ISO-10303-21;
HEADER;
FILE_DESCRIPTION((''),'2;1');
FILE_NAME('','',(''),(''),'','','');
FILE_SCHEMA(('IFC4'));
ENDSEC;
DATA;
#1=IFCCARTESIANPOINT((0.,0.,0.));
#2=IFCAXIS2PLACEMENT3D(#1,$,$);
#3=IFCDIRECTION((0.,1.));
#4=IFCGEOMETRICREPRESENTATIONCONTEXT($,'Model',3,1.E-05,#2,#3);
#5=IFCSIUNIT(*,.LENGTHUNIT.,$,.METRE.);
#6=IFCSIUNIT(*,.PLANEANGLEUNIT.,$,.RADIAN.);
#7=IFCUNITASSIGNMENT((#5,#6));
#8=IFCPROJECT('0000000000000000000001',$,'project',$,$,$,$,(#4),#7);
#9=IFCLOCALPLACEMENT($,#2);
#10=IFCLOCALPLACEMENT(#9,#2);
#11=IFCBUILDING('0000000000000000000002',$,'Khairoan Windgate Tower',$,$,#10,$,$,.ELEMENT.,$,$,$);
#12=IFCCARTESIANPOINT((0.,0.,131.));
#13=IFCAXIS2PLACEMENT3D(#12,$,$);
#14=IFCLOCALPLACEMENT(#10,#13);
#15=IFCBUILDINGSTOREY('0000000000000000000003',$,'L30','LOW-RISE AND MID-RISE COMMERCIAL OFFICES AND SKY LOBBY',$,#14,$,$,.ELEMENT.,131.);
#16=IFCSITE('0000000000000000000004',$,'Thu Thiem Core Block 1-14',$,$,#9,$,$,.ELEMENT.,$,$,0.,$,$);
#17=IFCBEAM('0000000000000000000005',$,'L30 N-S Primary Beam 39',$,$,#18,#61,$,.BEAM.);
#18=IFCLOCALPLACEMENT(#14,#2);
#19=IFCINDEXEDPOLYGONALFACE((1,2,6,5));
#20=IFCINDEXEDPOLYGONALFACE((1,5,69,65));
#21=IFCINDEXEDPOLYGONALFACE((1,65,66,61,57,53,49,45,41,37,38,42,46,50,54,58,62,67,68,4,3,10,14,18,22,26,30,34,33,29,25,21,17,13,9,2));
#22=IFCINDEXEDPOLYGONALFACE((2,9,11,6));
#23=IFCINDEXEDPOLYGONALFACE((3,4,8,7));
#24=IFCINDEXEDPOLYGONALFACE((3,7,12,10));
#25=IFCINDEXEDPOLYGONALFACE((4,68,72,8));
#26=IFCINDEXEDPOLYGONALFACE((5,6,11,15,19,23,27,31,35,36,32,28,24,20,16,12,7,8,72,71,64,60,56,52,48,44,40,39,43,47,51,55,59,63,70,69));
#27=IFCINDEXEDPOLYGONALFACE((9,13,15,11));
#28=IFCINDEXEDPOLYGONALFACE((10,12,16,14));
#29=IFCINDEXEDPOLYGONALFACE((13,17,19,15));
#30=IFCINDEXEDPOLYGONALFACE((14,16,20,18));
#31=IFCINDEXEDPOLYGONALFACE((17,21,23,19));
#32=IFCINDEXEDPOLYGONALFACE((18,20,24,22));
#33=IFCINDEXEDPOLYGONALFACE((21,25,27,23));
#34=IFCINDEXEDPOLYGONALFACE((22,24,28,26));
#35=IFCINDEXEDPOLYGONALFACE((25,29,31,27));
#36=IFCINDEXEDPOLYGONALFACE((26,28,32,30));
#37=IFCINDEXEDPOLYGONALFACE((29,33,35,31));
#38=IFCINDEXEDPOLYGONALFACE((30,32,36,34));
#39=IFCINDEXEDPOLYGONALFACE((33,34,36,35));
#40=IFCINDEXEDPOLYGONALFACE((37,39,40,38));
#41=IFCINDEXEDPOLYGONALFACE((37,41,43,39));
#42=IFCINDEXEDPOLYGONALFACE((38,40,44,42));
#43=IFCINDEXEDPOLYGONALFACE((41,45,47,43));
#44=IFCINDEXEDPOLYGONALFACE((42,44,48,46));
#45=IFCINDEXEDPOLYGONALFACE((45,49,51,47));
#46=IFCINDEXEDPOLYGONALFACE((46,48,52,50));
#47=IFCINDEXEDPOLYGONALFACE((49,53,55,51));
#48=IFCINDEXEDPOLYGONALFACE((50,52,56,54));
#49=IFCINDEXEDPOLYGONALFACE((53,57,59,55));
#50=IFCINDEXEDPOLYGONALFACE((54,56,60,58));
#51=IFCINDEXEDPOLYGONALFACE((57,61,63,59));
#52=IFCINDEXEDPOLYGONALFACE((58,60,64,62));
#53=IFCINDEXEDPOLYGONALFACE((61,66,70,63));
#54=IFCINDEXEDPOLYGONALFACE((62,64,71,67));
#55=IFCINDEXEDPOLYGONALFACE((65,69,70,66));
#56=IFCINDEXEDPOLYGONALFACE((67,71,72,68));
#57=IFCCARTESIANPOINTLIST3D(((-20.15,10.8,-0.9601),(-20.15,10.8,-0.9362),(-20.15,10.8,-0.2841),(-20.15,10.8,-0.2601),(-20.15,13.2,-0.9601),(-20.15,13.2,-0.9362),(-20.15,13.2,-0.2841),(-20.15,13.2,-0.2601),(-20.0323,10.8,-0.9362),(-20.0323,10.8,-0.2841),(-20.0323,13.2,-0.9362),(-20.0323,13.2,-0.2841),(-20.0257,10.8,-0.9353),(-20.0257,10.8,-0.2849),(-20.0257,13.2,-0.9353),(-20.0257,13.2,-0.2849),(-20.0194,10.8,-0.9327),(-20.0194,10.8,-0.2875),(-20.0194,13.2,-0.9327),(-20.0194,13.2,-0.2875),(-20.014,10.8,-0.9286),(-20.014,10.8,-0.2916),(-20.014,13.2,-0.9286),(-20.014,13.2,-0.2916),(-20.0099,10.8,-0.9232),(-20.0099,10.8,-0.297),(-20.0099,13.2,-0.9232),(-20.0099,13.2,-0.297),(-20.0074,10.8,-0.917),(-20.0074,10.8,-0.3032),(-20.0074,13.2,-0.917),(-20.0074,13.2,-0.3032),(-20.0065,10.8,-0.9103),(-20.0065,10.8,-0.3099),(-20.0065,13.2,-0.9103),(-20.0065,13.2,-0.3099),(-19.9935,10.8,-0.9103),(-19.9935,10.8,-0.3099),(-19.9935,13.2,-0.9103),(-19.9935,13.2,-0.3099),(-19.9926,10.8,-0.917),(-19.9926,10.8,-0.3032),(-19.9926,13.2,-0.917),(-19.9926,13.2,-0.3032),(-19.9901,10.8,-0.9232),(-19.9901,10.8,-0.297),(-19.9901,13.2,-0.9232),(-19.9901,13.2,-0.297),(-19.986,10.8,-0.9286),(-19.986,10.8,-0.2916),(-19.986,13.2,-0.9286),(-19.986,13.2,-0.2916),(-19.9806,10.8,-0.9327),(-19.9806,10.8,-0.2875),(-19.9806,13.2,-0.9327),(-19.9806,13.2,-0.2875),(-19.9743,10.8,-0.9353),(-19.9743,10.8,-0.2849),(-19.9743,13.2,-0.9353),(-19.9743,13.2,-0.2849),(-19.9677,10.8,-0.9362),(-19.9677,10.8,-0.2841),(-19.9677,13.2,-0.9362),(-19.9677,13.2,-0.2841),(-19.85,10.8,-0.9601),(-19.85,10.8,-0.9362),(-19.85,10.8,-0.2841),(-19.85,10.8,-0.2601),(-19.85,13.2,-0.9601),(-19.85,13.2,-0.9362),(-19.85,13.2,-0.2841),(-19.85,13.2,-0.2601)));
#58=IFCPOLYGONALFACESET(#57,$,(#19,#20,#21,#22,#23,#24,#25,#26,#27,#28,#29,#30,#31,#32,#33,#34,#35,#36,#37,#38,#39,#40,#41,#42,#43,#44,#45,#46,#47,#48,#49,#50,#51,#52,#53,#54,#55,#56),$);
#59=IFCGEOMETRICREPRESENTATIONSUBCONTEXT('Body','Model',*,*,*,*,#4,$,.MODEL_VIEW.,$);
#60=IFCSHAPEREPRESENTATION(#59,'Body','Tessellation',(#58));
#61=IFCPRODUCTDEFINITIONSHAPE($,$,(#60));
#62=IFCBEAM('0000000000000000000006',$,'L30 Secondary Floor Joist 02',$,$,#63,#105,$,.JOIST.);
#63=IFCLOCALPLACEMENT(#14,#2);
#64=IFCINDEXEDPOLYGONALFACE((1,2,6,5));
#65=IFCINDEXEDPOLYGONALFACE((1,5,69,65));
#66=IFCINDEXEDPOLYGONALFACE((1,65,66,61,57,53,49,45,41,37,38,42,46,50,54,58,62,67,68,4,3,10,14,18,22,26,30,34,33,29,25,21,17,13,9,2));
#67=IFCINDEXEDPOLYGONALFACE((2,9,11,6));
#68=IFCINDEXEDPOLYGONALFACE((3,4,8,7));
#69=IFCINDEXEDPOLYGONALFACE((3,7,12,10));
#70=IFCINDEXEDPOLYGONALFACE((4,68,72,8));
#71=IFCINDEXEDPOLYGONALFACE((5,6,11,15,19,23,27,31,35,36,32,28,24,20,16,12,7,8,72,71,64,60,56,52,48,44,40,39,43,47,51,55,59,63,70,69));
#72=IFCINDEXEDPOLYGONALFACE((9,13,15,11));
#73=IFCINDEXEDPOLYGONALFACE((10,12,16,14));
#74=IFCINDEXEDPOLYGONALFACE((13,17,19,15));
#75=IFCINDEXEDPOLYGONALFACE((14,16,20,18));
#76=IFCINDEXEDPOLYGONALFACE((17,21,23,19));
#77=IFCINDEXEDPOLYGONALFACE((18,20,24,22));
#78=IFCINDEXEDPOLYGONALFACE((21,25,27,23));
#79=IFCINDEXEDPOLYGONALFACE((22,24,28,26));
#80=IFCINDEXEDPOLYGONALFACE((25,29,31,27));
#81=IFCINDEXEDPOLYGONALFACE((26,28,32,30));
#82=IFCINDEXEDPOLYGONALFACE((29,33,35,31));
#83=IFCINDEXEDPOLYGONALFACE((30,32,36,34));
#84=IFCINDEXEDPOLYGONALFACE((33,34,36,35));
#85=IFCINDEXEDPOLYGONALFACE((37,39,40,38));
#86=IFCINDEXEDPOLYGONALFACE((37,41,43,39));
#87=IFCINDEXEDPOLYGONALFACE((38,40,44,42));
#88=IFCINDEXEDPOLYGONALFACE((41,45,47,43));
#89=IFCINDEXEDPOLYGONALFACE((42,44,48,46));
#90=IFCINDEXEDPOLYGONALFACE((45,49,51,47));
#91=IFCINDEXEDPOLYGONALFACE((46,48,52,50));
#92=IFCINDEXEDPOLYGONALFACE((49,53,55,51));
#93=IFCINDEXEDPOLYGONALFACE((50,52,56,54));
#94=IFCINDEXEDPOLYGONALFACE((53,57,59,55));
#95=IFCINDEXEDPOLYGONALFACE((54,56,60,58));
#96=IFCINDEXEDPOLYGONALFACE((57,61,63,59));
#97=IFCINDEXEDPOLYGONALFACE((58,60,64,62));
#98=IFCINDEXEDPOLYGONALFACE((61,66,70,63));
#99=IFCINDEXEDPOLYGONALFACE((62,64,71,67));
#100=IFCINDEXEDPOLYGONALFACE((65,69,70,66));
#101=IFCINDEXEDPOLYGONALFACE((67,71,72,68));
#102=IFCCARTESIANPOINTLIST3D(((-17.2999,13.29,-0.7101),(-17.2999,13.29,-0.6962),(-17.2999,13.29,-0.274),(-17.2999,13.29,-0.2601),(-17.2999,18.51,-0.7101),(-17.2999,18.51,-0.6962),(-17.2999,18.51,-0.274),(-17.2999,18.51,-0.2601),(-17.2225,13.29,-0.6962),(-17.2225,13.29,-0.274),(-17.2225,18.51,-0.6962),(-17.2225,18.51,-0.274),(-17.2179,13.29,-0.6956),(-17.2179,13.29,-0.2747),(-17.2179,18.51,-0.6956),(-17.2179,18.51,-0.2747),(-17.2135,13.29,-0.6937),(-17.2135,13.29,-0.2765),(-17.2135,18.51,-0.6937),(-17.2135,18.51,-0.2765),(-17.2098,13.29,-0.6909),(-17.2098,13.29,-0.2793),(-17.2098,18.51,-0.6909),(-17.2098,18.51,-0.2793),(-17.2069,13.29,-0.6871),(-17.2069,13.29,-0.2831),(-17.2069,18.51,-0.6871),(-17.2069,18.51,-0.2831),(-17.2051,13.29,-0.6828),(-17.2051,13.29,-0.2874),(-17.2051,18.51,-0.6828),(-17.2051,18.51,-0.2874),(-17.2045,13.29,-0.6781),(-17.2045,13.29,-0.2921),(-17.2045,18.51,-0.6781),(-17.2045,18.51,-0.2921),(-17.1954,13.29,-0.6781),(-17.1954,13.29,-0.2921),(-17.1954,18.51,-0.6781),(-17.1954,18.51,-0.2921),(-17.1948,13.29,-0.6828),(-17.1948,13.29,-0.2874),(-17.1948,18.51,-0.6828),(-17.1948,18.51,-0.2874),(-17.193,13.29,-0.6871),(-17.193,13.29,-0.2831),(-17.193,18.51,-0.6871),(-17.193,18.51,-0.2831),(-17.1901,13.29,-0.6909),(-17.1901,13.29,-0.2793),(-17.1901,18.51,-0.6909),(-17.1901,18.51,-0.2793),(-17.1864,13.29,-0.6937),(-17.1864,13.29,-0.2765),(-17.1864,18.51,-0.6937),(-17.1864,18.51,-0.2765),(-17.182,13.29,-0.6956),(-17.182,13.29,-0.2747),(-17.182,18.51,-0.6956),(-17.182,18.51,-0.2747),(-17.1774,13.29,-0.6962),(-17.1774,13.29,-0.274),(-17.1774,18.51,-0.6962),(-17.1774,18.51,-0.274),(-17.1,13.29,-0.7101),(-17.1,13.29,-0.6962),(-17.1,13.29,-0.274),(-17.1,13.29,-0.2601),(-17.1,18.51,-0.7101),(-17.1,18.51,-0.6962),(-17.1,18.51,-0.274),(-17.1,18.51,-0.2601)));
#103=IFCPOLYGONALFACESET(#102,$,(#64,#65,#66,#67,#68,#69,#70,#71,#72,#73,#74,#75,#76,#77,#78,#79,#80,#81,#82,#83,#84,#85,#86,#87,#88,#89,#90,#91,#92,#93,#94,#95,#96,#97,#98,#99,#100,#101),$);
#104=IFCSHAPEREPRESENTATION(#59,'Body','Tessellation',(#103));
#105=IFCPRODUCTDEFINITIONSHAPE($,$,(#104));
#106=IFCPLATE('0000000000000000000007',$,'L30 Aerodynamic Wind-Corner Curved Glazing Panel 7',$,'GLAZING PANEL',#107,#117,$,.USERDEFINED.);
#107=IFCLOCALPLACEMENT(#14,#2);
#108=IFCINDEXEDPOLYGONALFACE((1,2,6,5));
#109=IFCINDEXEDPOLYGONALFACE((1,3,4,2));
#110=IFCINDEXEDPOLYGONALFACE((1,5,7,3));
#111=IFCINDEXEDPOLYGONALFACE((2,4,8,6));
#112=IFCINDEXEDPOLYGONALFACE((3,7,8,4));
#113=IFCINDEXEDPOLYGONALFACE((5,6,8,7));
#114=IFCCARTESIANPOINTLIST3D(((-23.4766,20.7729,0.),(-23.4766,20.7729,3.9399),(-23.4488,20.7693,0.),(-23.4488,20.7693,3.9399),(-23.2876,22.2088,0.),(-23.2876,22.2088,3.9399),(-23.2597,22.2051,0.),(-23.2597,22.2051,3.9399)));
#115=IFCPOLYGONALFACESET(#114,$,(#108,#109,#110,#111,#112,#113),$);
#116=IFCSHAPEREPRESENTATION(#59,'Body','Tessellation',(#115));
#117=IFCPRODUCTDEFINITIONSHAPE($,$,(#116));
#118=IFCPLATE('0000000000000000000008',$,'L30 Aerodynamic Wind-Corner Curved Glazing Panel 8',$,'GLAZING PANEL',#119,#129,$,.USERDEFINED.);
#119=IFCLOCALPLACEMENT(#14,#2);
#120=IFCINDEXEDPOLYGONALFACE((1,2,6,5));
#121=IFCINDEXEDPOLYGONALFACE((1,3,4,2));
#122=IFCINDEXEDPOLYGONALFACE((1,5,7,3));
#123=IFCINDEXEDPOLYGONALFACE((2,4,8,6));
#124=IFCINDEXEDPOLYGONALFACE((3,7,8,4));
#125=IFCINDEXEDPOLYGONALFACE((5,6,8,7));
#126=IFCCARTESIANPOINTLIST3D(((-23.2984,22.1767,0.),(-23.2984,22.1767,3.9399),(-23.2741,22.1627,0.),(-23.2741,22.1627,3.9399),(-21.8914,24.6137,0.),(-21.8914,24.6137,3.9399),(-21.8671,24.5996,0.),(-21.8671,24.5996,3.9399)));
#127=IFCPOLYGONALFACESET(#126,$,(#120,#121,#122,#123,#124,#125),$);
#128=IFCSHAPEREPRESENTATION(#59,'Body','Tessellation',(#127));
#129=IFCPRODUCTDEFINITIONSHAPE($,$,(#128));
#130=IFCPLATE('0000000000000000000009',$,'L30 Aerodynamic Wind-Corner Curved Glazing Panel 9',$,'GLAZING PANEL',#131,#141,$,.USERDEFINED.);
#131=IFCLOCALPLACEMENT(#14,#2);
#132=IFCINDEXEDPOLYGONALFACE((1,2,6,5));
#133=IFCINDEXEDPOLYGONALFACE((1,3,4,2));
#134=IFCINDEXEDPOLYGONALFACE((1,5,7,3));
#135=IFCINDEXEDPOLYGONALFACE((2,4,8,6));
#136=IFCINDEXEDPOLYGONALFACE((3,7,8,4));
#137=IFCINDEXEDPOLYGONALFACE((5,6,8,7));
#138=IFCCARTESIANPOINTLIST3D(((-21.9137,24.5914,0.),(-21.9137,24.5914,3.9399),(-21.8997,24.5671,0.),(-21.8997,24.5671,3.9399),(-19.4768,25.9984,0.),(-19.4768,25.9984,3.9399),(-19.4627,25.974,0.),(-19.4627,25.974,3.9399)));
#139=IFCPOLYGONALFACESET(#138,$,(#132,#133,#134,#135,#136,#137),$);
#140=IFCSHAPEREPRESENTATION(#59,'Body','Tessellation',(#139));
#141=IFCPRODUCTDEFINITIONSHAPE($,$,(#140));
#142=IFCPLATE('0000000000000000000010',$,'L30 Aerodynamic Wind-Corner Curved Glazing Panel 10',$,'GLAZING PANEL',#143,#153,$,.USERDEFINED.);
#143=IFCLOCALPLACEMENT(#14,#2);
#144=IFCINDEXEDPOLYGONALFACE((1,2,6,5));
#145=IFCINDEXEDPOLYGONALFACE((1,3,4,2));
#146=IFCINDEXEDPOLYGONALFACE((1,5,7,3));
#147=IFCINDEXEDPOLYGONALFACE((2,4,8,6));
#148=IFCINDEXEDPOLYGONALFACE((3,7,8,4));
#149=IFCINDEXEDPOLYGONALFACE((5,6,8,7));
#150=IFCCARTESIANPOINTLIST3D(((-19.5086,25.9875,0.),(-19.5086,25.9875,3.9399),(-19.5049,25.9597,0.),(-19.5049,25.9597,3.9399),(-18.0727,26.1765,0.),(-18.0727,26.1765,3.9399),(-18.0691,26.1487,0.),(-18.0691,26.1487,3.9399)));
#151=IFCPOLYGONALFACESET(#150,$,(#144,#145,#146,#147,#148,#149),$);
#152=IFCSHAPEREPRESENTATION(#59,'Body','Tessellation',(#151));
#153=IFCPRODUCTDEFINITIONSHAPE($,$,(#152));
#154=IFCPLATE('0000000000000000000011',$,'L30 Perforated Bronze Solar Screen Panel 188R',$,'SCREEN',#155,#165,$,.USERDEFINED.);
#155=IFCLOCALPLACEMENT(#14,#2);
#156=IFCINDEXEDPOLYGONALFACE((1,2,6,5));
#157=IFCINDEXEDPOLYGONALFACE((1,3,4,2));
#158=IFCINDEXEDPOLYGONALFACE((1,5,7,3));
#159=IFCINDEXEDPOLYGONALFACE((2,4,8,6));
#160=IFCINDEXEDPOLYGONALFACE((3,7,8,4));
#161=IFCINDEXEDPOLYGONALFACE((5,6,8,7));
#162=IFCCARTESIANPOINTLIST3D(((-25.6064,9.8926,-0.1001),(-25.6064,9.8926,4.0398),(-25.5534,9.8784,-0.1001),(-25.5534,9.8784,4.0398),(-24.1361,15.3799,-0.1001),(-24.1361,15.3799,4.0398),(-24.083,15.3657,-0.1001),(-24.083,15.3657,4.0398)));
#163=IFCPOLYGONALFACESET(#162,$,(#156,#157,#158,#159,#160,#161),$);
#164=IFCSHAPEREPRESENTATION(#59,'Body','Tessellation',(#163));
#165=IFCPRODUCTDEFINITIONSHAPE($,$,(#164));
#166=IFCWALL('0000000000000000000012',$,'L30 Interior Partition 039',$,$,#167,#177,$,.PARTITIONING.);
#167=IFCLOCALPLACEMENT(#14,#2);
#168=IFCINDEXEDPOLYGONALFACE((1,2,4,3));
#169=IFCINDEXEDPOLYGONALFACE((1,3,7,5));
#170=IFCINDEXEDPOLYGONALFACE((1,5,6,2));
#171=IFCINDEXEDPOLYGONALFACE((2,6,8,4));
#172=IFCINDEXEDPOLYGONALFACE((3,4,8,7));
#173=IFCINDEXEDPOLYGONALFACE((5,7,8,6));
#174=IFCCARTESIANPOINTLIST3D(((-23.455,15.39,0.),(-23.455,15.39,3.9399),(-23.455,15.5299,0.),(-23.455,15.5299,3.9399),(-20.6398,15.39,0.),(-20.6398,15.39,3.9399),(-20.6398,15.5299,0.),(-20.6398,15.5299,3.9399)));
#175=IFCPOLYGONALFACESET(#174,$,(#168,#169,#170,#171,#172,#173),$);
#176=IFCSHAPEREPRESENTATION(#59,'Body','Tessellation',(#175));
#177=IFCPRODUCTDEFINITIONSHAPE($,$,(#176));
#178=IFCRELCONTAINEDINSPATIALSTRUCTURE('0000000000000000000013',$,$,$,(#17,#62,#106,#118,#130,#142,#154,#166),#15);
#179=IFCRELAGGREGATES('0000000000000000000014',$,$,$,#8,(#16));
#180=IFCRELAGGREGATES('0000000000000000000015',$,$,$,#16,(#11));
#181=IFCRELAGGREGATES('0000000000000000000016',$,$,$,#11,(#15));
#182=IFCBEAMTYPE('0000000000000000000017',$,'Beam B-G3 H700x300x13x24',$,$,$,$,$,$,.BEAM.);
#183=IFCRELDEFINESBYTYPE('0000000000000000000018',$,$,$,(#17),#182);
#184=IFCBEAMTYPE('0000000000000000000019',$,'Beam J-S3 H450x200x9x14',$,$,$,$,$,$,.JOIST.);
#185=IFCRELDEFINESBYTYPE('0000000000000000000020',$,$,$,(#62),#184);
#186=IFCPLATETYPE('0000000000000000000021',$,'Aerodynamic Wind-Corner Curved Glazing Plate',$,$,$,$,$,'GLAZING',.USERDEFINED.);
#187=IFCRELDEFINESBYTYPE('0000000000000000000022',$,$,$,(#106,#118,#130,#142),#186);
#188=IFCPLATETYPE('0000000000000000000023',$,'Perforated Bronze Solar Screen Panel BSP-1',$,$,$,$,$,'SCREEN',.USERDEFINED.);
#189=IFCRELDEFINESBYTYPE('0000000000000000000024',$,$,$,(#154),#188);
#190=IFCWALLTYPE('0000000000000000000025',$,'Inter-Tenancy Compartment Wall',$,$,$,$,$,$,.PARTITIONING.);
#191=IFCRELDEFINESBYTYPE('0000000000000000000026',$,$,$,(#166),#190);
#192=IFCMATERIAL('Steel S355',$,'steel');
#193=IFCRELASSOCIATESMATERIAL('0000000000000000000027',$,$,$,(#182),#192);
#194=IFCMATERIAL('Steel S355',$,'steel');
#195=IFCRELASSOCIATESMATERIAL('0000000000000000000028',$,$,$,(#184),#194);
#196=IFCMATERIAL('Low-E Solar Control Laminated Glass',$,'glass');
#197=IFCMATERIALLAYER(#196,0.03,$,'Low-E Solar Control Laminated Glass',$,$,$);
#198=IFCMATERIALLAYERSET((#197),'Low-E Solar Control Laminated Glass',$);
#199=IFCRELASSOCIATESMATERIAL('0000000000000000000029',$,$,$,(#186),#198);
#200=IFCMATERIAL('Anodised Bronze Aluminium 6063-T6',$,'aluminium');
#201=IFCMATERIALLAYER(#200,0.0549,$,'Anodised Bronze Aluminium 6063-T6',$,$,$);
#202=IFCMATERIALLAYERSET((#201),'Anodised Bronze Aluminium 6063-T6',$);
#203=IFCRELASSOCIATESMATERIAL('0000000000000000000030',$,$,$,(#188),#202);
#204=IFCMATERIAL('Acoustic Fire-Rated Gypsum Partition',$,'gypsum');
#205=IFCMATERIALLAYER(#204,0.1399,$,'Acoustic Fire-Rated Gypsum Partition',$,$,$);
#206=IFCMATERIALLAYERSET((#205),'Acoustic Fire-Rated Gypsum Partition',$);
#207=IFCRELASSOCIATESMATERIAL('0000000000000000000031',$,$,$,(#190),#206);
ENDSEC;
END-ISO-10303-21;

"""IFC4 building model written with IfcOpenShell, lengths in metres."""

from ifc_helpers import new_model, si_unit, direction, frame, frame_2d, origin, origin_2d, place, context, subcontext, project, spatial, rectangle, i_section, extrude, material, layer, layer_set, material_profile, profile_set, type_object, element, save


model = new_model("IFC4")

# Units and contexts
model_context = context("Model", 3, precision=1e-05, world=origin(), true_north=direction((0.0, 1.0)))
body_context = subcontext(model_context, "Body", "Model", "MODEL_VIEW")
ifc_project = project(units=[si_unit("LENGTHUNIT", "METRE"), si_unit("PLANEANGLEUNIT", "RADIAN")], contexts=[model_context])

# Site, building, storey
site_placement = place(None, origin())
site = spatial("IfcSite", under=ifc_project, at=site_placement, Name="Thu Thiem Core Block 1-14", CompositionType="ELEMENT", RefElevation=0.0)
building_placement = place(site_placement, origin())
building = spatial("IfcBuilding", under=site, at=building_placement, Name="Khairoan Windgate Tower", CompositionType="ELEMENT")
storey_placement = place(building_placement, frame((0.0, 0.0, 131.0)))
storey = spatial("IfcBuildingStorey", under=building, at=storey_placement, Name="L30", Description="LOW-RISE AND MID-RISE COMMERCIAL OFFICES AND SKY LOBBY", CompositionType="ELEMENT", Elevation=131.0)

# Beams
ifc_material_1 = material(Name="Steel S355", Category="steel")
ifc_material_profile_1 = material_profile(ifc_material_1, i_section(OverallWidth=0.3, OverallDepth=0.7, WebThickness=0.0129, FlangeThickness=0.0239, FilletRadius=0.0259, at=origin_2d()))
ifc_profile_set_1 = profile_set([ifc_material_profile_1], Name="Steel S355")
beam_type_1 = type_object("IfcBeamType", Name="Beam B-G3 H700x300x13x24", PredefinedType="BEAM", material=ifc_profile_set_1)
beam_1_placement = place(storey_placement, frame((-20.0, 10.8, -0.6101), z_axis=(0.0, 1.0, 0.0), x_axis=(-1.0, 0.0, 0.0)))
element("IfcBeam", 1, at=beam_1_placement, inside=storey, type_object=beam_type_1, Name="L30 N-S Primary Beam 39", PredefinedType="BEAM", context=body_context, shape_type="SweptSolid", body=[
    extrude(i_section(OverallWidth=0.3, OverallDepth=0.7, WebThickness=0.0129, FlangeThickness=0.0239, FilletRadius=0.0259, at=origin_2d()), origin(), (0.0, 0.0, 1.0), 2.3999),
])
ifc_material_2 = material(Name="Steel S355", Category="steel")
ifc_material_profile_2 = material_profile(ifc_material_2, i_section(OverallWidth=0.2, OverallDepth=0.45, WebThickness=0.009, FlangeThickness=0.0139, FilletRadius=0.0181, at=origin_2d()))
ifc_profile_set_2 = profile_set([ifc_material_profile_2], Name="Steel S355")
beam_type_2 = type_object("IfcBeamType", Name="Beam J-S3 H450x200x9x14", PredefinedType="JOIST", material=ifc_profile_set_2)
beam_2_placement = place(storey_placement, frame((-17.2, 13.29, -0.4851), z_axis=(0.0, 1.0, 0.0), x_axis=(-1.0, 0.0, 0.0)))
element("IfcBeam", 2, at=beam_2_placement, inside=storey, type_object=beam_type_2, Name="L30 Secondary Floor Joist 02", PredefinedType="JOIST", context=body_context, shape_type="SweptSolid", body=[
    extrude(i_section(OverallWidth=0.2, OverallDepth=0.45, WebThickness=0.009, FlangeThickness=0.0139, FilletRadius=0.0181, at=origin_2d()), origin(), (0.0, 0.0, 1.0), 5.22),
])

# Plates
ifc_material_3 = material(Name="Low-E Solar Control Laminated Glass", Category="glass")
ifc_layer_1 = layer(ifc_material_3, 0.03, Name="Low-E Solar Control Laminated Glass")
ifc_layer_set_1 = layer_set([ifc_layer_1], Name="Low-E Solar Control Laminated Glass")
plate_type_1 = type_object("IfcPlateType", Name="Aerodynamic Wind-Corner Curved Glazing Plate", ElementType="GLAZING", PredefinedType="USERDEFINED", material=ifc_layer_set_1)
plate_1_placement = place(storey_placement, frame((-23.3682, 21.489, 0.0), z_axis=(0.0, 0.0, 1.0), x_axis=(0.130526, 0.991445, 0.0)))
element("IfcPlate", 3, at=plate_1_placement, inside=storey, type_object=plate_type_1, Name="L30 Aerodynamic Wind-Corner Curved Glazing Panel 7", ObjectType="GLAZING PANEL", PredefinedType="USERDEFINED", context=body_context, shape_type="SweptSolid", body=[
    extrude(rectangle(XDim=1.4482, YDim=0.0281, at=origin_2d()), origin(), (0.0, 0.0, 1.0), 3.9399),
])
for number, where, z_axis, x_axis, name in (
    (4, (-22.5828, 23.3882, 0.0), (0.0, 0.0, 1.0), (0.5, 0.866025, 0.0), "L30 Aerodynamic Wind-Corner Curved Glazing Panel 8"),
    (5, (-20.6882, 25.2827, 0.0), (0.0, 0.0, 1.0), (0.866025, 0.5, 0.0), "L30 Aerodynamic Wind-Corner Curved Glazing Panel 9"),
):
    element("IfcPlate", number, at=place(storey_placement, frame(where, z_axis=z_axis, x_axis=x_axis)), inside=storey, type_object=plate_type_1, Name=name, ObjectType="GLAZING PANEL", PredefinedType="USERDEFINED", context=body_context, shape_type="SweptSolid", body=[
        extrude(rectangle(XDim=2.814, YDim=0.0281, at=origin_2d()), origin(), (0.0, 0.0, 1.0), 3.9399),
    ])
plate_2_placement = place(storey_placement, frame((-18.7888, 26.0681, 0.0), z_axis=(0.0, 0.0, 1.0), x_axis=(0.991445, 0.130526, 0.0)))
element("IfcPlate", 6, at=plate_2_placement, inside=storey, type_object=plate_type_1, Name="L30 Aerodynamic Wind-Corner Curved Glazing Panel 10", ObjectType="GLAZING PANEL", PredefinedType="USERDEFINED", context=body_context, shape_type="SweptSolid", body=[
    extrude(rectangle(XDim=1.4482, YDim=0.0281, at=origin_2d()), origin(), (0.0, 0.0, 1.0), 3.9399),
])

# Plate
ifc_material_4 = material(Name="Anodised Bronze Aluminium 6063-T6", Category="aluminium")
ifc_layer_2 = layer(ifc_material_4, 0.0549, Name="Anodised Bronze Aluminium 6063-T6")
ifc_layer_set_2 = layer_set([ifc_layer_2], Name="Anodised Bronze Aluminium 6063-T6")
plate_type_2 = type_object("IfcPlateType", Name="Perforated Bronze Solar Screen Panel BSP-1", ElementType="SCREEN", PredefinedType="USERDEFINED", material=ifc_layer_set_2)
plate_3_placement = place(storey_placement, frame((-24.8447, 12.6292, -0.1001), z_axis=(0.0, 0.0, 1.0), x_axis=(0.258819, 0.965926, 0.0)))
element("IfcPlate", 7, at=plate_3_placement, inside=storey, type_object=plate_type_2, Name="L30 Perforated Bronze Solar Screen Panel 188R", ObjectType="SCREEN", PredefinedType="USERDEFINED", context=body_context, shape_type="SweptSolid", body=[
    extrude(rectangle(XDim=5.6809, YDim=0.0549, at=origin_2d()), origin(), (0.0, 0.0, 1.0), 4.1399),
])

# Wall
ifc_material_5 = material(Name="Acoustic Fire-Rated Gypsum Partition", Category="gypsum")
ifc_layer_3 = layer(ifc_material_5, 0.1399, Name="Acoustic Fire-Rated Gypsum Partition")
ifc_layer_set_3 = layer_set([ifc_layer_3], Name="Acoustic Fire-Rated Gypsum Partition")
wall_type_1 = type_object("IfcWallType", Name="Inter-Tenancy Compartment Wall", PredefinedType="PARTITIONING", material=ifc_layer_set_3)
wall_1_placement = place(storey_placement, frame((-23.4551, 15.46, 0.0), z_axis=(0.0, 0.0, 1.0), x_axis=(1.0, 0.0, 0.0)))
element("IfcWall", 8, at=wall_1_placement, inside=storey, type_object=wall_type_1, Name="L30 Interior Partition 039", PredefinedType="PARTITIONING", context=body_context, shape_type="SweptSolid", body=[
    extrude(rectangle(XDim=2.8152, YDim=0.1399, at=frame_2d((1.4077, 0.0))), origin(), (0.0, 0.0, 1.0), 3.9399),
])

save(model, "model.ifc")
